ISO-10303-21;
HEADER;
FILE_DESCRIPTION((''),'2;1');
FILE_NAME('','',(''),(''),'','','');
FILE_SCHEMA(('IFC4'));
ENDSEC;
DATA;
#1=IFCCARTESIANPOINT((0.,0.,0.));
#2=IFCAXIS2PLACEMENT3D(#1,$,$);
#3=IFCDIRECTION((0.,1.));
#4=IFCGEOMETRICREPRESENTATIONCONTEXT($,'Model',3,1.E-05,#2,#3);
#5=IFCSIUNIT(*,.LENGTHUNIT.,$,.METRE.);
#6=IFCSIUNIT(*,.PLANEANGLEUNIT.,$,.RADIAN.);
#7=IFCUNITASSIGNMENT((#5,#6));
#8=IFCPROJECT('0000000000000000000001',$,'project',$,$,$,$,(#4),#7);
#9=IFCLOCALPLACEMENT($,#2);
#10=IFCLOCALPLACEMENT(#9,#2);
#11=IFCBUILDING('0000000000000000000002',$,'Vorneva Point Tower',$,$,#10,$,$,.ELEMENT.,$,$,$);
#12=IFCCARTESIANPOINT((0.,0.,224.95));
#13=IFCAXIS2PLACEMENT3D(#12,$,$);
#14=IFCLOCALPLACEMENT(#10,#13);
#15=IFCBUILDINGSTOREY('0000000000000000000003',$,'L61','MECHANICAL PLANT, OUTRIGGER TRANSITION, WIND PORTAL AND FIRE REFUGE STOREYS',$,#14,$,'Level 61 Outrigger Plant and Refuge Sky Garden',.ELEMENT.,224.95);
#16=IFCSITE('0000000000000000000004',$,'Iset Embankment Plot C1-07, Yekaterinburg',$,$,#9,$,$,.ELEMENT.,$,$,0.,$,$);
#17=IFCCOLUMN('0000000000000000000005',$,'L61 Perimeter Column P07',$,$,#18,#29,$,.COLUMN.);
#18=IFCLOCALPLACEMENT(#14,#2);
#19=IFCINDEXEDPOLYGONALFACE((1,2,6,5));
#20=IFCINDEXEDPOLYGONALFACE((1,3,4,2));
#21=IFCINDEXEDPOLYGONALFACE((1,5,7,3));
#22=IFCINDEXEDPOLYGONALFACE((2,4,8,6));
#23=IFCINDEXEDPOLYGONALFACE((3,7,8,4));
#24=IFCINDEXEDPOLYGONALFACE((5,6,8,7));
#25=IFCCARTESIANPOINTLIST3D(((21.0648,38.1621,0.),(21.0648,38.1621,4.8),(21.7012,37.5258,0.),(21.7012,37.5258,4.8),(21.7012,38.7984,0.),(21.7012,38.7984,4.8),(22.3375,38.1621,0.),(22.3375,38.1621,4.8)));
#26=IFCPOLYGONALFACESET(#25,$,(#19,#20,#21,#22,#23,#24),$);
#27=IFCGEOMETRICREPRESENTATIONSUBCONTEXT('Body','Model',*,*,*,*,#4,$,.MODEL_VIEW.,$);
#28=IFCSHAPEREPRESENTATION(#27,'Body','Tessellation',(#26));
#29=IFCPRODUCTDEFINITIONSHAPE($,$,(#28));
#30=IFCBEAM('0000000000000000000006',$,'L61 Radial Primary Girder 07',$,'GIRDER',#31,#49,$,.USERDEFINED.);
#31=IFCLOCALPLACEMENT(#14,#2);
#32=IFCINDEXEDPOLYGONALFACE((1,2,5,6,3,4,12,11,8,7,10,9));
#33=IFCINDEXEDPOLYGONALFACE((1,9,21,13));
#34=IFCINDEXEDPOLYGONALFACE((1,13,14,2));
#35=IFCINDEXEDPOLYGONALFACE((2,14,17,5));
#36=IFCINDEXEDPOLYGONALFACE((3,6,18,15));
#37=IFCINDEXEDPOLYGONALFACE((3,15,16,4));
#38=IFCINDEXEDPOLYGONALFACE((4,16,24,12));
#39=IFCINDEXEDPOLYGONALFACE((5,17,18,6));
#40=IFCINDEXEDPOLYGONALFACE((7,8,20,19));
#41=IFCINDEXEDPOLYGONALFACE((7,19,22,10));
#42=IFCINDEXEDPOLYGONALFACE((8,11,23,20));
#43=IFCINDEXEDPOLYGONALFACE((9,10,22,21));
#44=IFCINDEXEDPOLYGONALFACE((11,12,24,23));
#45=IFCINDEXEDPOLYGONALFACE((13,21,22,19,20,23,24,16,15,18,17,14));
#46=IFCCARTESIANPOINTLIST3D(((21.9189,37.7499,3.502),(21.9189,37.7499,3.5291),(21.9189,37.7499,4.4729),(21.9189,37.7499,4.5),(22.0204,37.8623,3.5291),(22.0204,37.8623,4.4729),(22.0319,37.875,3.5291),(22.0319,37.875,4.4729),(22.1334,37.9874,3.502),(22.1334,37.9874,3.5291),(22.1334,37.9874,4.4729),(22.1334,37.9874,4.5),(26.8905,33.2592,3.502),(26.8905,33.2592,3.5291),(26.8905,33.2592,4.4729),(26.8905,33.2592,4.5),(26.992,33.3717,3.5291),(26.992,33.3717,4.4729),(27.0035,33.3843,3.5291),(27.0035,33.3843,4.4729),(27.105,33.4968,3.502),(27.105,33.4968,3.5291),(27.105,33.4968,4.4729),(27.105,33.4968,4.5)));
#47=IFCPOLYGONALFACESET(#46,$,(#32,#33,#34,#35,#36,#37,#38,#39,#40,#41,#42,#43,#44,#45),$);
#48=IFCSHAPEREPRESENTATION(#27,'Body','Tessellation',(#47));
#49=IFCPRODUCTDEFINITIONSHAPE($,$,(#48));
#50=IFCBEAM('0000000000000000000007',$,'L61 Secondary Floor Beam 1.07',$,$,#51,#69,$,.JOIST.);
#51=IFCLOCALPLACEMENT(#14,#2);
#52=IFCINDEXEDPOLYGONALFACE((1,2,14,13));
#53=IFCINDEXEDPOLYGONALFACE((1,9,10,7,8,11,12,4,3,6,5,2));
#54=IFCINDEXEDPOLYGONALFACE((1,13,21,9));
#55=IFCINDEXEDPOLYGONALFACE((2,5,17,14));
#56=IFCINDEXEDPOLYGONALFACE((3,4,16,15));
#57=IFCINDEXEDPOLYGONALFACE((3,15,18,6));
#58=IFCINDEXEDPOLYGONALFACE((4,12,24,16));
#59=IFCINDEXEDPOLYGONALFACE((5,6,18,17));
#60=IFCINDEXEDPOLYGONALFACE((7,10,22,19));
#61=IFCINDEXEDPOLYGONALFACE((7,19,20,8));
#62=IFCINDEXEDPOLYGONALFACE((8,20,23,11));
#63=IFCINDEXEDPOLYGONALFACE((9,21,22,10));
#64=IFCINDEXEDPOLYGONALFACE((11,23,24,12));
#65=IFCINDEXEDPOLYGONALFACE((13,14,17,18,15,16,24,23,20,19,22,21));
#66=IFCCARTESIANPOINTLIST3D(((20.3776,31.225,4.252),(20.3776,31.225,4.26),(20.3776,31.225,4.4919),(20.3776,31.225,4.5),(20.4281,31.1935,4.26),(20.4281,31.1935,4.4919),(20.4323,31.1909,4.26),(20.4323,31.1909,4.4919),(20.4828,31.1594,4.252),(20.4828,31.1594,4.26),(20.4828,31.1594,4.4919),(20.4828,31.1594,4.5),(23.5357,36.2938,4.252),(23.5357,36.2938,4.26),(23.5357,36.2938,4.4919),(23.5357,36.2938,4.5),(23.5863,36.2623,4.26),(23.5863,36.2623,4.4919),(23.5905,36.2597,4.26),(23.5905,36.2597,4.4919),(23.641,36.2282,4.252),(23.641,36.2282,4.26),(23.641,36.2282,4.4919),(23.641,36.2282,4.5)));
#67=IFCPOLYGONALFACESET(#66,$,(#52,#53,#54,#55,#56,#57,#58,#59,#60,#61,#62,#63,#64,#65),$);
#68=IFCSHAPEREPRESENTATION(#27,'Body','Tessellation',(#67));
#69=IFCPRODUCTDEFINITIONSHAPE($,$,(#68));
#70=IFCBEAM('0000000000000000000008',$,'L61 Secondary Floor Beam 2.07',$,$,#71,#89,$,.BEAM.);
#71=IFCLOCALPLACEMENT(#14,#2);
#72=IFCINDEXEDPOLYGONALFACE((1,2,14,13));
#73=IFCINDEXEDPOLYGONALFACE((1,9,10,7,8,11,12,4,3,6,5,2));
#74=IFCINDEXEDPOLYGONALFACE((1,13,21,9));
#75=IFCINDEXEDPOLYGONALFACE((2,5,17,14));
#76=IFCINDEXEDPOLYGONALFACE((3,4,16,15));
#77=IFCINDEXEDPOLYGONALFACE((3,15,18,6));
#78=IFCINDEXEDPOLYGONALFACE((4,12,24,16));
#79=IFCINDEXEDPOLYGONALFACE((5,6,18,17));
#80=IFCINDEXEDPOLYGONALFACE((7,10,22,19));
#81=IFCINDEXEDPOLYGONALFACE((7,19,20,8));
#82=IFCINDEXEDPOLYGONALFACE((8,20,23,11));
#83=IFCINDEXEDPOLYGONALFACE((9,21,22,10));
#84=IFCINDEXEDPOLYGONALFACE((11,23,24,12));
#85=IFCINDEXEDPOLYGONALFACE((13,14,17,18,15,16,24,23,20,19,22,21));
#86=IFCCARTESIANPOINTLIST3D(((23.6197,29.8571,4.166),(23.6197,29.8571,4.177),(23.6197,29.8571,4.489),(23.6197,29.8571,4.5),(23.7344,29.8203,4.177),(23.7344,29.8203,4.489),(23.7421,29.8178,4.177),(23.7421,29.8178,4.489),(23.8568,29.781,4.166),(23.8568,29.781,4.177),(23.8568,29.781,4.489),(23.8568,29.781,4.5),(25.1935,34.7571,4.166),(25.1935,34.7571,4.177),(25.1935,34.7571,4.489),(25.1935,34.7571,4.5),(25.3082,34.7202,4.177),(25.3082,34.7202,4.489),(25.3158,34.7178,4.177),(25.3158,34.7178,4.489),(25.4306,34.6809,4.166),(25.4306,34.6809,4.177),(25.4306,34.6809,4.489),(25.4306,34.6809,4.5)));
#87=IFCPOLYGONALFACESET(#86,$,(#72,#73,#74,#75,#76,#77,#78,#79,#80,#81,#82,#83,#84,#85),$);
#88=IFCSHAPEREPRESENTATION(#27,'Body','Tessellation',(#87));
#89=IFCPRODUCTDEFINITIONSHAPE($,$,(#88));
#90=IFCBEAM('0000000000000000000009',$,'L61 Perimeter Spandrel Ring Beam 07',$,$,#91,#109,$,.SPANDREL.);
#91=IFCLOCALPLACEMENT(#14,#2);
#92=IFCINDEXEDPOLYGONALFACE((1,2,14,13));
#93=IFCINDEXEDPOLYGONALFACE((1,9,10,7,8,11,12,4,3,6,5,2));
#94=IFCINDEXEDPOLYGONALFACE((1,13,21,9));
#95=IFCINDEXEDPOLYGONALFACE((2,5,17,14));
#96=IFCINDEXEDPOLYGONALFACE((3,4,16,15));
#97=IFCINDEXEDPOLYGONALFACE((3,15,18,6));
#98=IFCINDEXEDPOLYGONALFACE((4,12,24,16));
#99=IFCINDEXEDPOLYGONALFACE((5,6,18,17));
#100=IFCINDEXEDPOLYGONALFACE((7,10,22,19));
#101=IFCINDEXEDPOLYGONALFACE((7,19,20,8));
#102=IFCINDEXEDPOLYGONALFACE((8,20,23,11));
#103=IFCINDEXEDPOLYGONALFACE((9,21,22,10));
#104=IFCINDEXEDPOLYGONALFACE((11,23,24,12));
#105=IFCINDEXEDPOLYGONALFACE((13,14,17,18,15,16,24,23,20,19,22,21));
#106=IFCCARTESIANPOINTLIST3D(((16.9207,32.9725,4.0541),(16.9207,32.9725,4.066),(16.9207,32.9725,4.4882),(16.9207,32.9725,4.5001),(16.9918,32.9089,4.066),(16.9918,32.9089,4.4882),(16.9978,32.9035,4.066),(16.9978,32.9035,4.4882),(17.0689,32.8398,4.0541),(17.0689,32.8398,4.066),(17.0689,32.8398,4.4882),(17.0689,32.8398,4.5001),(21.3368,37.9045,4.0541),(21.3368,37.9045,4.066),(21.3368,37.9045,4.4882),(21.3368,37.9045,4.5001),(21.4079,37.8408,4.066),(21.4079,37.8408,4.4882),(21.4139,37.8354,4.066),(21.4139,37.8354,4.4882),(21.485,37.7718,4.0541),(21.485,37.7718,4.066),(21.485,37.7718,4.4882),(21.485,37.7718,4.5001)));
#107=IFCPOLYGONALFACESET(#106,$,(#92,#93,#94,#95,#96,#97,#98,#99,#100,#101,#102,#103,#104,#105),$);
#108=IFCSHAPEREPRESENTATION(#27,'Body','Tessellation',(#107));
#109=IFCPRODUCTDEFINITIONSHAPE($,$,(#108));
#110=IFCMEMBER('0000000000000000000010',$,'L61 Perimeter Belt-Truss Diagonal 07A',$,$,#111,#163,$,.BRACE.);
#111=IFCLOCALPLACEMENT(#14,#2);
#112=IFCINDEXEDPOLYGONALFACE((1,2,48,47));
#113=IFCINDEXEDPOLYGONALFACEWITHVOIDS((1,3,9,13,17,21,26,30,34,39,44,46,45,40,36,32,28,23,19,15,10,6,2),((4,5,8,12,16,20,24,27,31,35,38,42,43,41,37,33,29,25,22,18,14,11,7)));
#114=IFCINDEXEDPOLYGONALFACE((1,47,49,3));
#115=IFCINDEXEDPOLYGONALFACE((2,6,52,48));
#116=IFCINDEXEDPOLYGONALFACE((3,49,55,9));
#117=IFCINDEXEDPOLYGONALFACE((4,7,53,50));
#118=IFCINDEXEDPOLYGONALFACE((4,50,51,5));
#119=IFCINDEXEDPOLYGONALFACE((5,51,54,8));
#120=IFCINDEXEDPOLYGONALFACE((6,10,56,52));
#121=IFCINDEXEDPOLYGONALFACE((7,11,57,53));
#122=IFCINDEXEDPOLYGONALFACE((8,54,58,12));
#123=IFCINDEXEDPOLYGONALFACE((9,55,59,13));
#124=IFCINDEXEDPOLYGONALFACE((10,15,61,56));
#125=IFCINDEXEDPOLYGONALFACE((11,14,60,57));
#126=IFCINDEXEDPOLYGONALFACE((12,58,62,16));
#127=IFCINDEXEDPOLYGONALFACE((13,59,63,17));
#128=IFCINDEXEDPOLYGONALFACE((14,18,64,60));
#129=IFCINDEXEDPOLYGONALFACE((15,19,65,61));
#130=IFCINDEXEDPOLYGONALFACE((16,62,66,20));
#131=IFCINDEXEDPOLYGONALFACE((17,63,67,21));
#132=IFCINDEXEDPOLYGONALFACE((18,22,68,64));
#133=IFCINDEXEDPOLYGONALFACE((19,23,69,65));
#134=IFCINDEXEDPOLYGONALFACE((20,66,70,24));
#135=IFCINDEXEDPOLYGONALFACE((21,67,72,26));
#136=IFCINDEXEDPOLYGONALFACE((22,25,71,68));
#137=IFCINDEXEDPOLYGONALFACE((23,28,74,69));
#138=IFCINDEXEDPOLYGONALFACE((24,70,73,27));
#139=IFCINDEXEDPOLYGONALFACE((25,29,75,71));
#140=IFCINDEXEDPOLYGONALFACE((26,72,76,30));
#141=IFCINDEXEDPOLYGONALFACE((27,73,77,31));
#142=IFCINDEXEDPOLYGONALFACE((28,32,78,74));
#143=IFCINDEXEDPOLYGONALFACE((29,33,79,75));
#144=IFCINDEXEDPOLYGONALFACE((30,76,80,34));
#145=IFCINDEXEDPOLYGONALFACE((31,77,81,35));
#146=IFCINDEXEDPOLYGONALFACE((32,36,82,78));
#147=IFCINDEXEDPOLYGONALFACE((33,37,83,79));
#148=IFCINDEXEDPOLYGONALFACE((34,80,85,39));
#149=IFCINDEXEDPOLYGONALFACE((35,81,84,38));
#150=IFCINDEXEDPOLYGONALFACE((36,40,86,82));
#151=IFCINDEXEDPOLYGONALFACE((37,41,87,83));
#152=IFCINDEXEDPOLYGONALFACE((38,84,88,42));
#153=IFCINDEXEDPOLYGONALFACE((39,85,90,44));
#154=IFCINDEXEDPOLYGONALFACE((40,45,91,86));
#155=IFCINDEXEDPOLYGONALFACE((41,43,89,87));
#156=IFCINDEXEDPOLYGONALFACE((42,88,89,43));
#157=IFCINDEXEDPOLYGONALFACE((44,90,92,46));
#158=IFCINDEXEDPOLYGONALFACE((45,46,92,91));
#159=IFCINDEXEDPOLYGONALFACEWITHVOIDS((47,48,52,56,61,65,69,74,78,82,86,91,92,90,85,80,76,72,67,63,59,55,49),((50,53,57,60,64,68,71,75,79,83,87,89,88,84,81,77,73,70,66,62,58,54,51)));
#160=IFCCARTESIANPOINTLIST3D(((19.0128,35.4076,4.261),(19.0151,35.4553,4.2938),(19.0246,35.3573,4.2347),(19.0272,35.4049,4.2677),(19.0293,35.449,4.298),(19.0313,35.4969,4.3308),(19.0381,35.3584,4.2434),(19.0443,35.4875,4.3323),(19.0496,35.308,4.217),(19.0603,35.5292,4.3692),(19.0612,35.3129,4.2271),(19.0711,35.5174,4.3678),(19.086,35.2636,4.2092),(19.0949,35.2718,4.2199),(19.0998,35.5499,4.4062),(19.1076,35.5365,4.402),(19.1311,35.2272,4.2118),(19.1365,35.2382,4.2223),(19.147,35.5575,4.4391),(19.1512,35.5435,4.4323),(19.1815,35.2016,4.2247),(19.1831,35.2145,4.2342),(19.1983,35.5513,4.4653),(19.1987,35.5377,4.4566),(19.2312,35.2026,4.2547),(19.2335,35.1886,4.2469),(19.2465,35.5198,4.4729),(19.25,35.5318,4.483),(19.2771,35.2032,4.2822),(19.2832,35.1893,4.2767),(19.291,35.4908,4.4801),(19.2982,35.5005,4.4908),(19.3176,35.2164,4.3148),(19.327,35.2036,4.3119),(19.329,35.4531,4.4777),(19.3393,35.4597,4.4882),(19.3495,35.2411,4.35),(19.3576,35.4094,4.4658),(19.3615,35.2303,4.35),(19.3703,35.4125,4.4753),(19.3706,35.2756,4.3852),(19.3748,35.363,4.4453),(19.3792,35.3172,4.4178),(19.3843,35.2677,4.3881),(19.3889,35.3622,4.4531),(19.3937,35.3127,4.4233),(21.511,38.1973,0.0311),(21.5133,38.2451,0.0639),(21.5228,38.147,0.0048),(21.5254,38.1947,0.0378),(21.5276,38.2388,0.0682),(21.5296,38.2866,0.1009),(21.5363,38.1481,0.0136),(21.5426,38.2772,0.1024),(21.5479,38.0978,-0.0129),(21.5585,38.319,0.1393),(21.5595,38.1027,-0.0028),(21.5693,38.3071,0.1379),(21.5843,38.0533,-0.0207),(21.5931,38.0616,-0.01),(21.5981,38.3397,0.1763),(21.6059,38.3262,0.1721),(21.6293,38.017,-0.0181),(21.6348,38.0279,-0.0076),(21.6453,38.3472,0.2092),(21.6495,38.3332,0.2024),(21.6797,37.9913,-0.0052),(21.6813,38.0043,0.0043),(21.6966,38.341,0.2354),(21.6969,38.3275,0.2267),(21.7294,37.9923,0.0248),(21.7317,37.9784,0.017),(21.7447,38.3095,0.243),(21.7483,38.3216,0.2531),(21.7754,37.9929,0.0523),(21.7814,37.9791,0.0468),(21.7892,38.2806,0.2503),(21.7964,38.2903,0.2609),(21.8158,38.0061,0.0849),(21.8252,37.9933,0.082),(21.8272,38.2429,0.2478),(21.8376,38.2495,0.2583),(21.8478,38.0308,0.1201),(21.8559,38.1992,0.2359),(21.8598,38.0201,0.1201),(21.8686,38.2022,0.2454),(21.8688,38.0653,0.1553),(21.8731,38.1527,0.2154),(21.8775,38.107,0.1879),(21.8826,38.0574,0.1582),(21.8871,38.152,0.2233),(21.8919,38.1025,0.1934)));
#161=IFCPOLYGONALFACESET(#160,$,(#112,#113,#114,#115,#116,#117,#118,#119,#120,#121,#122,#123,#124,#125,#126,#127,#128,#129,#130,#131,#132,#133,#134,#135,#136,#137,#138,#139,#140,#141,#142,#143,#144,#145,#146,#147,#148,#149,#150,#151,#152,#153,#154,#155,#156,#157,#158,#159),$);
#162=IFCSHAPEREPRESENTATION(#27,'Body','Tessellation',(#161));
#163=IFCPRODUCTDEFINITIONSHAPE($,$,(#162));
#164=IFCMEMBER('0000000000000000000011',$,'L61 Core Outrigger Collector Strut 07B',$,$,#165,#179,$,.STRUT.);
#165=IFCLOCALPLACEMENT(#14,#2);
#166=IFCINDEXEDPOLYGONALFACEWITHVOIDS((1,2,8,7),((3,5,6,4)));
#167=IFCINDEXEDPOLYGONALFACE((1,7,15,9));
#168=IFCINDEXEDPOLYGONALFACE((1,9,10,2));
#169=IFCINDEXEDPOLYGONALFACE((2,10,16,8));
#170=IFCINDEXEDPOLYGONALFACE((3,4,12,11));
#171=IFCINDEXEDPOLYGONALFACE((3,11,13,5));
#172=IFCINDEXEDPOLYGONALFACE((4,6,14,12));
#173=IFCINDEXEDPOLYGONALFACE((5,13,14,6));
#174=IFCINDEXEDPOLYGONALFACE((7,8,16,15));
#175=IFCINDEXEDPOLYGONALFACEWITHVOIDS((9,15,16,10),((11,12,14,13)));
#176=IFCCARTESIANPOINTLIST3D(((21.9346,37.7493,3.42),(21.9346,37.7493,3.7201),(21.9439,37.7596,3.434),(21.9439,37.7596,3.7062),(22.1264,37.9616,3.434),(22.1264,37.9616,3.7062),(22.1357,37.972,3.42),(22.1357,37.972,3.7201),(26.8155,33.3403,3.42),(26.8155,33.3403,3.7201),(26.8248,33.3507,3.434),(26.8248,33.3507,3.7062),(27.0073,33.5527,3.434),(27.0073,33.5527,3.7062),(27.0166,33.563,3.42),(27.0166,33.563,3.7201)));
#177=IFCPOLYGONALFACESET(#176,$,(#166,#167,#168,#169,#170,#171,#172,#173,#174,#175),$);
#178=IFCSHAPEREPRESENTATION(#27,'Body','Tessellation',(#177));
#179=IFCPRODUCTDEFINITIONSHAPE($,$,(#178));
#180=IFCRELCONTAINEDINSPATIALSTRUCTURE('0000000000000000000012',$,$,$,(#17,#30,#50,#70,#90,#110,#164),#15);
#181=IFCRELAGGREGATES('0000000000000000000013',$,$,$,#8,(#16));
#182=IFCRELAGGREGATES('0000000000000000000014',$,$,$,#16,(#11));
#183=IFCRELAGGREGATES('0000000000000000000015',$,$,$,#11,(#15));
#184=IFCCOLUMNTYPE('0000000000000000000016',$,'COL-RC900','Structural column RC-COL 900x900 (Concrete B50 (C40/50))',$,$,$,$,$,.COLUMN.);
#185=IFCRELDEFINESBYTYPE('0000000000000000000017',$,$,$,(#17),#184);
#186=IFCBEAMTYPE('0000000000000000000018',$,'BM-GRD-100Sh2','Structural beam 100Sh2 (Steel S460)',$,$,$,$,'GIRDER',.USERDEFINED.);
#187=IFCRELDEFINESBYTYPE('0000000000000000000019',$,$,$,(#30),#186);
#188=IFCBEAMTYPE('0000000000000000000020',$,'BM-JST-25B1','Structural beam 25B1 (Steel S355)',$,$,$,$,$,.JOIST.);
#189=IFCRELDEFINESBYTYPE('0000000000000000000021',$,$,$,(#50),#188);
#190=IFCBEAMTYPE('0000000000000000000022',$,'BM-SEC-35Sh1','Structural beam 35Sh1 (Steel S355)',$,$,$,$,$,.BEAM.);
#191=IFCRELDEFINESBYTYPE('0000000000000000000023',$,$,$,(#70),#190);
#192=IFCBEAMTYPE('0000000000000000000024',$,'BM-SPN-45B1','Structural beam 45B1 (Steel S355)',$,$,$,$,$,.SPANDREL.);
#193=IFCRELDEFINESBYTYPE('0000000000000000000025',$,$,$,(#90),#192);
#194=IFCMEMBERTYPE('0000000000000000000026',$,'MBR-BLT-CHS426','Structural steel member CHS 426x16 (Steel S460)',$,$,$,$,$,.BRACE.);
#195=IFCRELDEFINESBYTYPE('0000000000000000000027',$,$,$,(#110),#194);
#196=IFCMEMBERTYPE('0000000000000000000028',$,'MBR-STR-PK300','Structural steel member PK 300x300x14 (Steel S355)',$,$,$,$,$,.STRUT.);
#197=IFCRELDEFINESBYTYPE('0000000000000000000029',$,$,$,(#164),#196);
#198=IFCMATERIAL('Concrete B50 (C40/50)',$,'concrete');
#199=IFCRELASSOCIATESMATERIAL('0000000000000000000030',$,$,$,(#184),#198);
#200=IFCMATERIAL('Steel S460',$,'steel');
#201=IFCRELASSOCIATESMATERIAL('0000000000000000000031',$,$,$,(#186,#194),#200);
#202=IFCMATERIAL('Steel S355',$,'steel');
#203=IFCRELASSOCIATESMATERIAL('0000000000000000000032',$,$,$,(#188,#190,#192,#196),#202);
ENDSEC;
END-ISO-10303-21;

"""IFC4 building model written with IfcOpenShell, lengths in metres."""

from ifc_helpers import new_model, si_unit, direction, frame, origin, origin_2d, place, context, subcontext, project, spatial, rectangle, hollow_rectangle, hollow_circle, i_section, extrude, material, material_profile, profile_set, type_object, element, save


model = new_model("IFC4")

# Units and contexts
model_context = context("Model", 3, precision=1e-05, world=origin(), true_north=direction((0.0, 1.0)))
body_context = subcontext(model_context, "Body", "Model", "MODEL_VIEW")
ifc_project = project(units=[si_unit("LENGTHUNIT", "METRE"), si_unit("PLANEANGLEUNIT", "RADIAN")], contexts=[model_context])

# Site, building, storey
site_placement = place(None, origin())
site = spatial("IfcSite", under=ifc_project, at=site_placement, Name="Iset Embankment Plot C1-07, Yekaterinburg", CompositionType="ELEMENT", RefElevation=0.0)
building_placement = place(site_placement, origin())
building = spatial("IfcBuilding", under=site, at=building_placement, Name="Vorneva Point Tower", CompositionType="ELEMENT")
storey_placement = place(building_placement, frame((0.0, 0.0, 224.95)))
storey = spatial("IfcBuildingStorey", under=building, at=storey_placement, Name="L61", Description="MECHANICAL PLANT, OUTRIGGER TRANSITION, WIND PORTAL AND FIRE REFUGE STOREYS", LongName="Level 61 Outrigger Plant and Refuge Sky Garden", CompositionType="ELEMENT", Elevation=224.95)

# Column
ifc_material_1 = material(Name="Concrete B50 (C40/50)", Category="concrete")
ifc_material_profile_1 = material_profile(ifc_material_1, rectangle(XDim=0.8999, YDim=0.8999, at=origin_2d()), Name="RC-COL 900x900")
ifc_profile_set_1 = profile_set([ifc_material_profile_1], Name="Concrete B50 (C40/50)")
column_type = type_object("IfcColumnType", Name="COL-RC900", Description="Structural column RC-COL 900x900 (Concrete B50 (C40/50))", PredefinedType="COLUMN", material=ifc_profile_set_1)
column_placement = place(storey_placement, frame((21.7012, 38.1621, 0.0), z_axis=(0.0, 0.0, 1.0), x_axis=(-0.707107, 0.707107, 0.0)))
element("IfcColumn", 1, at=column_placement, inside=storey, type_object=column_type, Name="L61 Perimeter Column P07", PredefinedType="COLUMN", context=body_context, shape_type="SweptSolid", body=[
    extrude(rectangle(XDim=0.8999, YDim=0.8999, at=origin_2d()), origin(), (0.0, 0.0, 1.0), 4.8),
])

# Beams
ifc_material_2 = material(Name="Steel S460", Category="steel")
ifc_material_profile_2 = material_profile(ifc_material_2, i_section(OverallWidth=0.3201, OverallDepth=0.998, WebThickness=0.0171, FlangeThickness=0.0271, at=origin_2d()), Name="100Sh2")
ifc_profile_set_2 = profile_set([ifc_material_profile_2], Name="Steel S460")
beam_type_1 = type_object("IfcBeamType", Name="BM-GRD-100Sh2", Description="Structural beam 100Sh2 (Steel S460)", ElementType="GIRDER", PredefinedType="USERDEFINED", material=ifc_profile_set_2)
beam_1_placement = place(storey_placement, frame((22.0261, 37.8687, 4.001), z_axis=(0.74209, -0.670301, 0.0), x_axis=(0.670301, 0.74209, 0.0)))
element("IfcBeam", 2, at=beam_1_placement, inside=storey, type_object=beam_type_1, Name="L61 Radial Primary Girder 07", ObjectType="GIRDER", PredefinedType="USERDEFINED", context=body_context, shape_type="SweptSolid", body=[
    extrude(i_section(OverallWidth=0.3201, OverallDepth=0.998, WebThickness=0.0171, FlangeThickness=0.0271, at=origin_2d()), origin(), (0.0, 0.0, 1.0), 6.6995),
])
ifc_material_3 = material(Name="Steel S355", Category="steel")
ifc_material_profile_3 = material_profile(ifc_material_3, i_section(OverallWidth=0.124, OverallDepth=0.248, WebThickness=0.0049, FlangeThickness=0.0081, at=origin_2d()), Name="25B1")
ifc_profile_set_3 = profile_set([ifc_material_profile_3], Name="Steel S355")
beam_type_2 = type_object("IfcBeamType", Name="BM-JST-25B1", Description="Structural beam 25B1 (Steel S355)", PredefinedType="JOIST", material=ifc_profile_set_3)
beam_2_placement = place(storey_placement, frame((23.5884, 36.261, 4.376), z_axis=(-0.528815, -0.848737, 0.0), x_axis=(0.848737, -0.528815, 0.0)))
element("IfcBeam", 3, at=beam_2_placement, inside=storey, type_object=beam_type_2, Name="L61 Secondary Floor Beam 1.07", PredefinedType="JOIST", context=body_context, shape_type="SweptSolid", body=[
    extrude(i_section(OverallWidth=0.124, OverallDepth=0.248, WebThickness=0.0049, FlangeThickness=0.0081, at=origin_2d()), origin(), (0.0, 0.0, 1.0), 5.9722),
])
ifc_material_profile_4 = material_profile(ifc_material_3, i_section(OverallWidth=0.249, OverallDepth=0.334, WebThickness=0.0081, FlangeThickness=0.011, at=origin_2d()), Name="35Sh1")
ifc_profile_set_4 = profile_set([ifc_material_profile_4], Name="Steel S355")
beam_type_3 = type_object("IfcBeamType", Name="BM-SEC-35Sh1", Description="Structural beam 35Sh1 (Steel S355)", PredefinedType="BEAM", material=ifc_profile_set_4)
beam_3_placement = place(storey_placement, frame((25.312, 34.719, 4.333), z_axis=(-0.305791, -0.952099, 0.0), x_axis=(0.952099, -0.305791, 0.0)))
element("IfcBeam", 4, at=beam_3_placement, inside=storey, type_object=beam_type_3, Name="L61 Secondary Floor Beam 2.07", PredefinedType="BEAM", context=body_context, shape_type="SweptSolid", body=[
    extrude(i_section(OverallWidth=0.249, OverallDepth=0.334, WebThickness=0.0081, FlangeThickness=0.011, at=origin_2d()), origin(), (0.0, 0.0, 1.0), 5.1465),
])
ifc_material_profile_5 = material_profile(ifc_material_3, i_section(OverallWidth=0.199, OverallDepth=0.446, WebThickness=0.0081, FlangeThickness=0.012, at=origin_2d()), Name="45B1")
ifc_profile_set_5 = profile_set([ifc_material_profile_5], Name="Steel S355")
beam_type_4 = type_object("IfcBeamType", Name="BM-SPN-45B1", Description="Structural beam 45B1 (Steel S355)", PredefinedType="SPANDREL", material=ifc_profile_set_5)
beam_4_placement = place(storey_placement, frame((21.4109, 37.8381, 4.2771), z_axis=(-0.66707, -0.744995, 0.0), x_axis=(0.744995, -0.66707, 0.0)))
element("IfcBeam", 5, at=beam_4_placement, inside=storey, type_object=beam_type_4, Name="L61 Perimeter Spandrel Ring Beam 07", PredefinedType="SPANDREL", context=body_context, shape_type="SweptSolid", body=[
    extrude(i_section(OverallWidth=0.199, OverallDepth=0.446, WebThickness=0.0081, FlangeThickness=0.012, at=origin_2d()), origin(), (0.0, 0.0, 1.0), 6.6201),
])

# Members
ifc_material_profile_6 = material_profile(ifc_material_2, hollow_circle(Radius=0.2129, WallThickness=0.0161, at=origin_2d()), Name="CHS 426x16")
ifc_profile_set_6 = profile_set([ifc_material_profile_6], Name="Steel S460")
member_type_1 = type_object("IfcMemberType", Name="MBR-BLT-CHS426", Description="Structural steel member CHS 426x16 (Steel S460)", PredefinedType="BRACE", material=ifc_profile_set_6)
member_1_placement = place(storey_placement, frame((21.7012, 38.1621, 0.1201), z_axis=(-0.442212, -0.49381, 0.748732), x_axis=(0.744955, -0.667115, 0.0)))
element("IfcMember", 6, at=member_1_placement, inside=storey, type_object=member_type_1, Name="L61 Perimeter Belt-Truss Diagonal 07A", PredefinedType="BRACE", context=body_context, shape_type="SweptSolid", body=[
    extrude(hollow_circle(Radius=0.2129, WallThickness=0.0161, at=origin_2d()), origin(), (0.0, 0.0, 1.0), 5.6494),
])
ifc_material_profile_7 = material_profile(ifc_material_3, hollow_rectangle(XDim=0.3, YDim=0.3, WallThickness=0.0139, at=origin_2d()), Name="PK 300x300x14")
ifc_profile_set_7 = profile_set([ifc_material_profile_7], Name="Steel S355")
member_type_2 = type_object("IfcMemberType", Name="MBR-STR-PK300", Description="Structural steel member PK 300x300x14 (Steel S355)", PredefinedType="STRUT", material=ifc_profile_set_7)
member_2_placement = place(storey_placement, frame((26.916, 33.4517, 3.5701), z_axis=(-0.742071, 0.670321, 0.0), x_axis=(-0.670321, -0.742071, 0.0)))
element("IfcMember", 7, at=member_2_placement, inside=storey, type_object=member_type_2, Name="L61 Core Outrigger Collector Strut 07B", PredefinedType="STRUT", context=body_context, shape_type="SweptSolid", body=[
    extrude(hollow_rectangle(XDim=0.3, YDim=0.3, WallThickness=0.0139, at=origin_2d()), origin(), (0.0, 0.0, 1.0), 6.5774),
])

save(model, "model.ifc")
